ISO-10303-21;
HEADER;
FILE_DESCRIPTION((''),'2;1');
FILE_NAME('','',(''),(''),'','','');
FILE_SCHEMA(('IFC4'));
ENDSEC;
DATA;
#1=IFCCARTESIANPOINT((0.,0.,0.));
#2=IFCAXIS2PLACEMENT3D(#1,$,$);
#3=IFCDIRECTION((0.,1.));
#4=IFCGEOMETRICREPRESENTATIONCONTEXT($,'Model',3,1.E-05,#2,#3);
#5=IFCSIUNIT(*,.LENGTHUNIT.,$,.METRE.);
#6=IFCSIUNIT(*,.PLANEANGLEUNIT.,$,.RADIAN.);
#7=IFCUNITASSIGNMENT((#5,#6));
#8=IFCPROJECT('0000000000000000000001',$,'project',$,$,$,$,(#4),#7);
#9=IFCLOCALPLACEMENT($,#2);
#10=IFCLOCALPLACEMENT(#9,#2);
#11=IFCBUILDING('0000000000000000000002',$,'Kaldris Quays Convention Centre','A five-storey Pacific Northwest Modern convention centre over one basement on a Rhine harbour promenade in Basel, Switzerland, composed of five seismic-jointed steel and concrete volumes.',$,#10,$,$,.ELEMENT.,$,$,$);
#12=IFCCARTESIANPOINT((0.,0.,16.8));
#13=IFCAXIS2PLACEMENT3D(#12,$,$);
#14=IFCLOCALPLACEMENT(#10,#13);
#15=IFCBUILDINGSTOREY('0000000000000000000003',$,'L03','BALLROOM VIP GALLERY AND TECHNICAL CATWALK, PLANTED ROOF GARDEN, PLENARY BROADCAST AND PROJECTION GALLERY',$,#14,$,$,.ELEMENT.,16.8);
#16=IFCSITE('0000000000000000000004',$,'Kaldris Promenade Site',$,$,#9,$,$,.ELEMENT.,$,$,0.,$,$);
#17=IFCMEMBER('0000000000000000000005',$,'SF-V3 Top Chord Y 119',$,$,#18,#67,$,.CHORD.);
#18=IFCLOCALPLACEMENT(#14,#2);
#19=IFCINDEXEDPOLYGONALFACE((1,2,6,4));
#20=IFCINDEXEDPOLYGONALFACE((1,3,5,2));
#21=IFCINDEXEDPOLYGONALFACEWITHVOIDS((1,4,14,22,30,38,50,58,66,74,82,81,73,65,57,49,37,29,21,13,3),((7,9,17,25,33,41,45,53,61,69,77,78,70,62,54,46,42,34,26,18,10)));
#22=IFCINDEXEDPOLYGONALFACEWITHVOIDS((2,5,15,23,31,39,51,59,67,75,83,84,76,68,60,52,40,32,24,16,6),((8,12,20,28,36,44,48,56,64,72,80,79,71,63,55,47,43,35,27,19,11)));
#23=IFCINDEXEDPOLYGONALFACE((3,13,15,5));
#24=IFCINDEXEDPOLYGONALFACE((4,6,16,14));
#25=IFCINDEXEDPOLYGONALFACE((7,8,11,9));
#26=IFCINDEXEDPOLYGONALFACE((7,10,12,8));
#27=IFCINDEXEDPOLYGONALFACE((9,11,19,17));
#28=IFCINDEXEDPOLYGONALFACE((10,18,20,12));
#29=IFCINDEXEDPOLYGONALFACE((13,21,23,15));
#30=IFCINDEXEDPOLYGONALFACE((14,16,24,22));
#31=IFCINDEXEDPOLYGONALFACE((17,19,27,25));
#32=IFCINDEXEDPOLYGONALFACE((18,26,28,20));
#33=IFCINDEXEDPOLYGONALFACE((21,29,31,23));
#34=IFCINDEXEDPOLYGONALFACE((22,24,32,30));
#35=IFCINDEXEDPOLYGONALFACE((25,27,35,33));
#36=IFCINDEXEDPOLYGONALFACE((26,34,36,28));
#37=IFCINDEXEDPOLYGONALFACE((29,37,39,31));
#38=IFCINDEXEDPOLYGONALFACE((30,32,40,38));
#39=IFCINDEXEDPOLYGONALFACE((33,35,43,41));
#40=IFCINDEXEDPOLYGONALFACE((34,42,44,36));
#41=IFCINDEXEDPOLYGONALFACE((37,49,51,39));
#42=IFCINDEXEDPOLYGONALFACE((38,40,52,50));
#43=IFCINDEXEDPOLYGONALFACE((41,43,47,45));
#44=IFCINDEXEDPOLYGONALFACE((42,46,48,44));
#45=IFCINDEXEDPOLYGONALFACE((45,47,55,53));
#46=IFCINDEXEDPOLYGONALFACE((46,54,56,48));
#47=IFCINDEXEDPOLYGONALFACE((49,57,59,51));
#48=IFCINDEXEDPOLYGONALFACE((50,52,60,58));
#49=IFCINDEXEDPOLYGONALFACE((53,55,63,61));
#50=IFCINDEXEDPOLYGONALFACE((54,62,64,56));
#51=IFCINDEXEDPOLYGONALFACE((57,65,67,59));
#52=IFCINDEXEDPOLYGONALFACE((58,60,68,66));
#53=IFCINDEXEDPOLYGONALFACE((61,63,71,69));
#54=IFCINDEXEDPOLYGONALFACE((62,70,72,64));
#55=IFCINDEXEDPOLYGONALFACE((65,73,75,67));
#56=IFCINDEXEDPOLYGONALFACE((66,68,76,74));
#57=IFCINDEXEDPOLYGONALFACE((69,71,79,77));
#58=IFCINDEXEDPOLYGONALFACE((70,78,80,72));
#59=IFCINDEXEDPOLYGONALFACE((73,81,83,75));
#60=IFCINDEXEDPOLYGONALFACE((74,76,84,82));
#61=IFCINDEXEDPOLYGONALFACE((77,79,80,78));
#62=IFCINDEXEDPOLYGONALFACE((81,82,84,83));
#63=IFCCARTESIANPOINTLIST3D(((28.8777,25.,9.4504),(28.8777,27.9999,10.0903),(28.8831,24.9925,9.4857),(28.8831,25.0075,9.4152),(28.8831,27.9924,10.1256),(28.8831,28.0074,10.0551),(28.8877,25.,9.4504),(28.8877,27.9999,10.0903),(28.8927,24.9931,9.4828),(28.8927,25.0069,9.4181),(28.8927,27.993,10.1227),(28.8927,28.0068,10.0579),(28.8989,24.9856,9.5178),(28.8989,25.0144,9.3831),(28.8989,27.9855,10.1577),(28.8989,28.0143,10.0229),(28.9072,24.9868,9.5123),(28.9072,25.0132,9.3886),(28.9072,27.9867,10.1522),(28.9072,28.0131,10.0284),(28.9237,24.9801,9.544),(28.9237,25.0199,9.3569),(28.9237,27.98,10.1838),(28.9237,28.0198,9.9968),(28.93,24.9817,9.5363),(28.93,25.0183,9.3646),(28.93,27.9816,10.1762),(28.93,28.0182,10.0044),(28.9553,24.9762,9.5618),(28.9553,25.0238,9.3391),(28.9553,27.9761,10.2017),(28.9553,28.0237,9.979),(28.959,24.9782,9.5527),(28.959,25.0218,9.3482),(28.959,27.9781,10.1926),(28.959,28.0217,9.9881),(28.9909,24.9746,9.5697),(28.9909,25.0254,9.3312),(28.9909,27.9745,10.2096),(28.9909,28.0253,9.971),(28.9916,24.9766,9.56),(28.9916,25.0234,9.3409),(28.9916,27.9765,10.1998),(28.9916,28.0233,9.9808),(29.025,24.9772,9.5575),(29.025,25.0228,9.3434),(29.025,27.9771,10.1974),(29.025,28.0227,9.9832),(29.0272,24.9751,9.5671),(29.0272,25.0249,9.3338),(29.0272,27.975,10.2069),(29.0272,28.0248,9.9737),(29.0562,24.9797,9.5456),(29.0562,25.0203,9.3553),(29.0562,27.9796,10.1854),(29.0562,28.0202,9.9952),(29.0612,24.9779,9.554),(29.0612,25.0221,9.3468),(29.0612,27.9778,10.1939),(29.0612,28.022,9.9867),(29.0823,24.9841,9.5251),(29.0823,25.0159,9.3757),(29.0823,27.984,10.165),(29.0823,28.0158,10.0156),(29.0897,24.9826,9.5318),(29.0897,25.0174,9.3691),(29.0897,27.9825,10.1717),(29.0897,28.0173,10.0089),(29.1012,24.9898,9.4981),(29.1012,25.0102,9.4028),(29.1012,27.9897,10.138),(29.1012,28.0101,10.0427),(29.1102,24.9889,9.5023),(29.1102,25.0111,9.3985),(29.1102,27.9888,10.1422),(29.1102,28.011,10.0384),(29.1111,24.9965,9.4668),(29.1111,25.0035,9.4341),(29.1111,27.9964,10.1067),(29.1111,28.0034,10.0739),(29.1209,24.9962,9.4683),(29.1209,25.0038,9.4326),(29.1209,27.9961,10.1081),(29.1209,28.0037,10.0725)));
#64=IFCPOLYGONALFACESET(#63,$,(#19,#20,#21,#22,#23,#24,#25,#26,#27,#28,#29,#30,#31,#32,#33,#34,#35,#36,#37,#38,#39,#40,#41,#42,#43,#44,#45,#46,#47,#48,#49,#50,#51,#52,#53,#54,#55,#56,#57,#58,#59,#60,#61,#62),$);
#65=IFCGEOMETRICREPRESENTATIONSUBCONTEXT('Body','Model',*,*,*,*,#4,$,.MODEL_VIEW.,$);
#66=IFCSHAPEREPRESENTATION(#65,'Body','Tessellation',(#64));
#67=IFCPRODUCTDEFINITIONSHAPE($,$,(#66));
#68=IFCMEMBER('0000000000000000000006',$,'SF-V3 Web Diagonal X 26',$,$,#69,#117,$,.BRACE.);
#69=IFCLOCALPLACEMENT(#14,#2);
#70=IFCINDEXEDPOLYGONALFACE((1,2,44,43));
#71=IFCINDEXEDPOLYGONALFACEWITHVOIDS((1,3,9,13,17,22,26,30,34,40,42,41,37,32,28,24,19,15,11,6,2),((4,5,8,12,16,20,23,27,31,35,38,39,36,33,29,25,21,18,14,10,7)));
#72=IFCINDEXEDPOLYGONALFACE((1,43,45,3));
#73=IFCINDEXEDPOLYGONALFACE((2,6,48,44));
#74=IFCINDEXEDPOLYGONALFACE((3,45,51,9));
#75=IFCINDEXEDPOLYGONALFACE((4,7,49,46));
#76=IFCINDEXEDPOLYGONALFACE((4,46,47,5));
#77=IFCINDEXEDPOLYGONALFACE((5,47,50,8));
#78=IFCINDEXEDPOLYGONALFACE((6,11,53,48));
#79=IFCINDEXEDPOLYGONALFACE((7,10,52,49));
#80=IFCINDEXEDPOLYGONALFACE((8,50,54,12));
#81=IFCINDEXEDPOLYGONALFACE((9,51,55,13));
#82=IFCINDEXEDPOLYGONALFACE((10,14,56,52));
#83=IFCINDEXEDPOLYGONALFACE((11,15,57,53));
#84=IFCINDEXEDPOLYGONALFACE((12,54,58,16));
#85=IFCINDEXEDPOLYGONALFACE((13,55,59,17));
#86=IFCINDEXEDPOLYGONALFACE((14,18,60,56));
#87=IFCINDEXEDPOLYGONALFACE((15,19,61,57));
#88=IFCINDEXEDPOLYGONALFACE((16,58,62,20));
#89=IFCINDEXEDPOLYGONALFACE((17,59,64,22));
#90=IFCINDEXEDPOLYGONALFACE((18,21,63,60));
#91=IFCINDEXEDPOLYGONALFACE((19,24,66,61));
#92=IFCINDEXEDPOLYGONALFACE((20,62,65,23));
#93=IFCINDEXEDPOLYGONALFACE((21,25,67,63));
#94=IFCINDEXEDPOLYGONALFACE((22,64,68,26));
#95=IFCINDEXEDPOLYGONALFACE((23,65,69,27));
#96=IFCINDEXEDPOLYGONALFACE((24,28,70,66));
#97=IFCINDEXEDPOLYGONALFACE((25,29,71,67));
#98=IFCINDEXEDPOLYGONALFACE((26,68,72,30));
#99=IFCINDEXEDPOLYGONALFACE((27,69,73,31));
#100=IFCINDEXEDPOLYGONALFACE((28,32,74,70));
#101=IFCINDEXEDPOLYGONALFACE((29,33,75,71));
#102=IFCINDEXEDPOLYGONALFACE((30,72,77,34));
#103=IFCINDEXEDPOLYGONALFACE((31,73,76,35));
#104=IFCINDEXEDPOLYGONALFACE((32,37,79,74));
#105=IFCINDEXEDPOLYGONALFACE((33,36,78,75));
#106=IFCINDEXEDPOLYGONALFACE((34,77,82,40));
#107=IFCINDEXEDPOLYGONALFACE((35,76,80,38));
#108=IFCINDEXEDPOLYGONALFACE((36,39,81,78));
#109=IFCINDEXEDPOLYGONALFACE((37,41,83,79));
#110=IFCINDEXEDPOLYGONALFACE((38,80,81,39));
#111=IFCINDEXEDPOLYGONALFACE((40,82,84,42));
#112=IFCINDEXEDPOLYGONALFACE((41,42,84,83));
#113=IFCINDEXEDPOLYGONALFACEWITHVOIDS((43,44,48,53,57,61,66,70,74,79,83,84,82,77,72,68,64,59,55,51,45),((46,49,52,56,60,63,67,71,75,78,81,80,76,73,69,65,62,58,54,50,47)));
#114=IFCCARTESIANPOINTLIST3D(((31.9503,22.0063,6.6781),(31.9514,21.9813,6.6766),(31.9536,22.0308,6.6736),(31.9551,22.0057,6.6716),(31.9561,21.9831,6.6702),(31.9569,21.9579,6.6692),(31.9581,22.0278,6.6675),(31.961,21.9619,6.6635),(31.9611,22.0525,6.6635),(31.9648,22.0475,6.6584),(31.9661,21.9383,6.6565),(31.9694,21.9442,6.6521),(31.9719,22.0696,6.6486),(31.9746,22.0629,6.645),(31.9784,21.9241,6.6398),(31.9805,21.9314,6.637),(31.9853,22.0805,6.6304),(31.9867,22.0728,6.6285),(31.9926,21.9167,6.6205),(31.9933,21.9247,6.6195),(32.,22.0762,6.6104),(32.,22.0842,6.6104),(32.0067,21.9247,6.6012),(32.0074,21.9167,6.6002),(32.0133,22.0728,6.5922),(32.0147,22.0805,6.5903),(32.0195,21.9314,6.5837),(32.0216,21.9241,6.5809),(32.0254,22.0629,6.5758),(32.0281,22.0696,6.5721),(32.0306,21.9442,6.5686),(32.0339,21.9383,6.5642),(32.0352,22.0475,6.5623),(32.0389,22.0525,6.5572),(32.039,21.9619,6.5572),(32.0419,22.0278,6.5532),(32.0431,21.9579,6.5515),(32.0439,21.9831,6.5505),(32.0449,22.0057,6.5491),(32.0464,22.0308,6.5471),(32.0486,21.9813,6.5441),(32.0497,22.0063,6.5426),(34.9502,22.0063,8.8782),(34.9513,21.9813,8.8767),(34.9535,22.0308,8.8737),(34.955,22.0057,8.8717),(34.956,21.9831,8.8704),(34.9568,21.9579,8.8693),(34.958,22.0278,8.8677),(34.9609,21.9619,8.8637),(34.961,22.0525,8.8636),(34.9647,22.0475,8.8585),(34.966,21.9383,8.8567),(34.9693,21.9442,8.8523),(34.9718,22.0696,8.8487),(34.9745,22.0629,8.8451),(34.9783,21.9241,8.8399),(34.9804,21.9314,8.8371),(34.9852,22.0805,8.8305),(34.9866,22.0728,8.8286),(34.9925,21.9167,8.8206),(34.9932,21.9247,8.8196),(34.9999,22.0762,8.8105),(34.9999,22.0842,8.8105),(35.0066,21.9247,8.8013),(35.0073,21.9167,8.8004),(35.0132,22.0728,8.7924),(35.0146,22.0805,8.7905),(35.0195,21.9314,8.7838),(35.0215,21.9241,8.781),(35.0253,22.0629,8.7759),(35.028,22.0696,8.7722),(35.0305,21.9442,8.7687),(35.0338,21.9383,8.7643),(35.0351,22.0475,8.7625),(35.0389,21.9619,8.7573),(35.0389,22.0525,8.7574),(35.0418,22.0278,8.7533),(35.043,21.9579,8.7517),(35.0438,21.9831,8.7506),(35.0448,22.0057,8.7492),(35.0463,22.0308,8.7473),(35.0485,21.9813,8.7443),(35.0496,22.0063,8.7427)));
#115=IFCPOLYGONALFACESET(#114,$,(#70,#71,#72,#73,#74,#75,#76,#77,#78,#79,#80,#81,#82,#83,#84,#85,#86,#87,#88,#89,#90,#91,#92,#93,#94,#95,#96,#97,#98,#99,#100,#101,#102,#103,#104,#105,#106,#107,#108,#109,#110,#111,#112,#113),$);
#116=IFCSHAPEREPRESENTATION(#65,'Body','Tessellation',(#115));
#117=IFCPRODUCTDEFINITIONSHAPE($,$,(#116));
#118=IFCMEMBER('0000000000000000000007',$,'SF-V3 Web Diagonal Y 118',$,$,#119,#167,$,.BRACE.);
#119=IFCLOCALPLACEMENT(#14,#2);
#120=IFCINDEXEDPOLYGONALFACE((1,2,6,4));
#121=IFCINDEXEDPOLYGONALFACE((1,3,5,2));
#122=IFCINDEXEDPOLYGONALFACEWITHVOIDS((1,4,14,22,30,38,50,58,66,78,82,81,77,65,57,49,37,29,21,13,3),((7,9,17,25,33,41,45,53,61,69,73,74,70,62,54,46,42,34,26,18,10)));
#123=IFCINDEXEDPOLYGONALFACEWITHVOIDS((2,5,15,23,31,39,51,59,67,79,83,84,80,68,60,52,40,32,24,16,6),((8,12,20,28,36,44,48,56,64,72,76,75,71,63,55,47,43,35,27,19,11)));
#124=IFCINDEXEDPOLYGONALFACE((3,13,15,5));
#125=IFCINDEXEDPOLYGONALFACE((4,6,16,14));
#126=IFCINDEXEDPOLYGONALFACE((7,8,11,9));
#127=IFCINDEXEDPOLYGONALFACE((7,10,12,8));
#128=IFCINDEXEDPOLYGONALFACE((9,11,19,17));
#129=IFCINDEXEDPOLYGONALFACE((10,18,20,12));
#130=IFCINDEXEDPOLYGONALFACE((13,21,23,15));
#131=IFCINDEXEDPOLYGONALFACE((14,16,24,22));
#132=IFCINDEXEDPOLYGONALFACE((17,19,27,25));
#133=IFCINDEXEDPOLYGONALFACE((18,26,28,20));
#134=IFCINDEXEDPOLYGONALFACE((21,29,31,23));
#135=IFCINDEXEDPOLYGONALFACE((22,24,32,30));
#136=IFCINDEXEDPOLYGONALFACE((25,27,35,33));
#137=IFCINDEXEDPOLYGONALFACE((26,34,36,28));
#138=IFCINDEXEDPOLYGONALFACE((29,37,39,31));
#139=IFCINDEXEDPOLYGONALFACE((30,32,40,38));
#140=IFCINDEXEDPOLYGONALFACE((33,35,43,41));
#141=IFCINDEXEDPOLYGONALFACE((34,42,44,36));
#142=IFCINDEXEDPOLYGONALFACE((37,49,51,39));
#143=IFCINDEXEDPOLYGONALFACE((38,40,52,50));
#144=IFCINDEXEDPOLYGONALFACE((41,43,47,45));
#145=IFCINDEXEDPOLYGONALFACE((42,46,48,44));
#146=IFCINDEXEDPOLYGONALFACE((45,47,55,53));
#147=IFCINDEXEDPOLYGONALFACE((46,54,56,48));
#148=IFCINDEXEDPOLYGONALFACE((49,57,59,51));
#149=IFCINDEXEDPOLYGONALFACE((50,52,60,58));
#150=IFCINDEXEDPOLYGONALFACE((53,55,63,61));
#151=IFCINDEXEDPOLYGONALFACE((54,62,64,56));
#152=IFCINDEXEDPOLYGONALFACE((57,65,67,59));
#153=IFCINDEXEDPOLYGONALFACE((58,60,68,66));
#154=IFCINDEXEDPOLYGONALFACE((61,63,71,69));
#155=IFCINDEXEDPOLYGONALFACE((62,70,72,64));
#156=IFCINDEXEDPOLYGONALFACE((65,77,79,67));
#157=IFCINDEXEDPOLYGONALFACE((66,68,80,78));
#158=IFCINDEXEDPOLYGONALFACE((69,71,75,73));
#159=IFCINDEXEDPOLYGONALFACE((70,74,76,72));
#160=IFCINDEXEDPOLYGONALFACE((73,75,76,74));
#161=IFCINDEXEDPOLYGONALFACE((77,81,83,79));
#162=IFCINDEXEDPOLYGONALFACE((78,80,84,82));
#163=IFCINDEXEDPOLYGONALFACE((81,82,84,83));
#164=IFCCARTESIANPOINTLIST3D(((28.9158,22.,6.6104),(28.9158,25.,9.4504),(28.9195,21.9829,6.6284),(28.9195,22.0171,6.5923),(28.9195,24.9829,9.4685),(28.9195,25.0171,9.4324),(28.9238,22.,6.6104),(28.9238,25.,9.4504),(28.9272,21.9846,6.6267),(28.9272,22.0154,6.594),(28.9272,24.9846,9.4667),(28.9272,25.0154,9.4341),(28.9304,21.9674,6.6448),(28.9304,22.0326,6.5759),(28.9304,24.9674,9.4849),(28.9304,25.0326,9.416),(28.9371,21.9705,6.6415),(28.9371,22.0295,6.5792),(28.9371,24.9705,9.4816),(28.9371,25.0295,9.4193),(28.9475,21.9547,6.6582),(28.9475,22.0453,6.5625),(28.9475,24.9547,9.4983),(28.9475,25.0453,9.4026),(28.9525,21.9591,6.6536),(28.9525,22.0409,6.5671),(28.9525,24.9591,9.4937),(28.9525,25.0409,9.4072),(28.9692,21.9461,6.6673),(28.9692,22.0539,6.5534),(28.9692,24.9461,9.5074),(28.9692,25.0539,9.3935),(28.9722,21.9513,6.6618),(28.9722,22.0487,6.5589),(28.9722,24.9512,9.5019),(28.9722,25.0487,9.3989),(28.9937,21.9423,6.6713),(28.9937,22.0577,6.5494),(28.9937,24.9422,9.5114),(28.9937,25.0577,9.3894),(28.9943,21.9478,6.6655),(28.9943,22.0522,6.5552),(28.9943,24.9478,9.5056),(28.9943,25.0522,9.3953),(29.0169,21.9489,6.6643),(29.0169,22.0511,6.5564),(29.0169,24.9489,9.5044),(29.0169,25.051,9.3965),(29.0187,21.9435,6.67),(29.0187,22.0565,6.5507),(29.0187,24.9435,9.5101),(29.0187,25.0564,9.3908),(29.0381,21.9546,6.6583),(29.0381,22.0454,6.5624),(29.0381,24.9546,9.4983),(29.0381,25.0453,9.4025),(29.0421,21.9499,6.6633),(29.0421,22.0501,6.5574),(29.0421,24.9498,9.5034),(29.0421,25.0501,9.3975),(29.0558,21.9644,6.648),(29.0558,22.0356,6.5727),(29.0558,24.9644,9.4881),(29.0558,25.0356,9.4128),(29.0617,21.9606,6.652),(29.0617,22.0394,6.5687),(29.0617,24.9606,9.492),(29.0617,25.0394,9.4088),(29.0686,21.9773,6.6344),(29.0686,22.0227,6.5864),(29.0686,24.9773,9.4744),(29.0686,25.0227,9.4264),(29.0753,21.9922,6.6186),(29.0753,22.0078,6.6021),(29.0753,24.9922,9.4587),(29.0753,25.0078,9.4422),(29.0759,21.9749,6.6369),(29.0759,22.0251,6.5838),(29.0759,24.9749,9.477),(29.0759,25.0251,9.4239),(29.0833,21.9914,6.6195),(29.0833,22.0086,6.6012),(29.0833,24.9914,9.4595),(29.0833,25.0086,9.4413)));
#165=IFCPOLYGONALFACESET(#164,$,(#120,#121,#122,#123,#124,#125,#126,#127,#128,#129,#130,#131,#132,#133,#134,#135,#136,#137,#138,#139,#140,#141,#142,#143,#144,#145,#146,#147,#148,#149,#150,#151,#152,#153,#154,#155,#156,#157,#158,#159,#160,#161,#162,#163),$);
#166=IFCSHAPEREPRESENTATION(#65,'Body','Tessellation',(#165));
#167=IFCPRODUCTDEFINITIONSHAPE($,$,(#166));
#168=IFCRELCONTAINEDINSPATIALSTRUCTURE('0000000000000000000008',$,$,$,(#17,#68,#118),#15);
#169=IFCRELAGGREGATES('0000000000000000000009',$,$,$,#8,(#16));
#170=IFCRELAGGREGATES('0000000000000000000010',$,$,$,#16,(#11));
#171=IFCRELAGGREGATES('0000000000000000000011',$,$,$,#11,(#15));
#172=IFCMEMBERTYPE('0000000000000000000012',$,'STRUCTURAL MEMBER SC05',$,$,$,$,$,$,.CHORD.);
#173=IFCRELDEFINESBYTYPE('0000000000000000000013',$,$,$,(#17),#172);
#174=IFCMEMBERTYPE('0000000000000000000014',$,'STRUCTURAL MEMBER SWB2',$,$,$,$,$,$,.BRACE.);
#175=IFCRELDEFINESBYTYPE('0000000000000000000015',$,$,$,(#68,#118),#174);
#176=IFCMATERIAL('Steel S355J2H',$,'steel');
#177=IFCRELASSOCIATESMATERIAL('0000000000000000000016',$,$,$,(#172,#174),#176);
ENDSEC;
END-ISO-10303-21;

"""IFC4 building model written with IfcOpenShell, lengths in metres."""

from ifc_helpers import new_model, si_unit, direction, frame, origin, origin_2d, place, context, subcontext, project, spatial, hollow_circle, extrude, material, material_profile, profile_set, type_object, element, save


model = new_model("IFC4")

# Units and contexts
model_context = context("Model", 3, precision=1e-05, world=origin(), true_north=direction((0.0, 1.0)))
body_context = subcontext(model_context, "Body", "Model", "MODEL_VIEW")
ifc_project = project(units=[si_unit("LENGTHUNIT", "METRE"), si_unit("PLANEANGLEUNIT", "RADIAN")], contexts=[model_context])

# Site, building, storey
site_placement = place(None, origin())
site = spatial("IfcSite", under=ifc_project, at=site_placement, Name="Kaldris Promenade Site", CompositionType="ELEMENT", RefElevation=0.0)
building_placement = place(site_placement, origin())
building = spatial("IfcBuilding", under=site, at=building_placement, Name="Kaldris Quays Convention Centre", Description="A five-storey Pacific Northwest Modern convention centre over one basement on a Rhine harbour promenade in Basel, Switzerland, composed of five seismic-jointed steel and concrete volumes.", CompositionType="ELEMENT")
storey_placement = place(building_placement, frame((0.0, 0.0, 16.8)))
storey = spatial("IfcBuildingStorey", under=building, at=storey_placement, Name="L03", Description="BALLROOM VIP GALLERY AND TECHNICAL CATWALK, PLANTED ROOF GARDEN, PLENARY BROADCAST AND PROJECTION GALLERY", CompositionType="ELEMENT", Elevation=16.8)

# Members
ifc_material_1 = material(Name="Steel S355J2H", Category="steel")
ifc_material_profile_1 = material_profile(ifc_material_1, hollow_circle(Radius=0.1223, WallThickness=0.01, at=origin_2d()), Name="CHS 244.5x10")
ifc_profile_set_1 = profile_set([ifc_material_profile_1], Name="Steel S355J2H")
member_type_1 = type_object("IfcMemberType", Name="STRUCTURAL MEMBER SC05", PredefinedType="CHORD", material=ifc_profile_set_1)
member_1_placement = place(storey_placement, frame((29.0, 25.0, 9.4504), z_axis=(0.0, 0.978, 0.208605), x_axis=(-1.0, 0.0, 0.0)))
element("IfcMember", 1, at=member_1_placement, inside=storey, type_object=member_type_1, Name="SF-V3 Top Chord Y 119", PredefinedType="CHORD", context=body_context, shape_type="SweptSolid", body=[
    extrude(hollow_circle(Radius=0.1223, WallThickness=0.01, at=origin_2d()), origin(), (0.0, 0.0, 1.0), 3.0674),
])
ifc_material_profile_2 = material_profile(ifc_material_1, hollow_circle(Radius=0.0842, WallThickness=0.0081, at=origin_2d()), Name="CHS 168.3x8")
ifc_profile_set_2 = profile_set([ifc_material_profile_2], Name="Steel S355J2H")
member_type_2 = type_object("IfcMemberType", Name="STRUCTURAL MEMBER SWB2", PredefinedType="BRACE", material=ifc_profile_set_2)
member_2_placement = place(storey_placement, frame((32.0, 22.0, 6.6104), z_axis=(0.80638, 0.0, 0.591398), x_axis=(0.0, 1.0, 0.0)))
element("IfcMember", 2, at=member_2_placement, inside=storey, type_object=member_type_2, Name="SF-V3 Web Diagonal X 26", PredefinedType="BRACE", context=body_context, shape_type="SweptSolid", body=[
    extrude(hollow_circle(Radius=0.0842, WallThickness=0.0081, at=origin_2d()), origin(), (0.0, 0.0, 1.0), 3.7202),
])
member_3_placement = place(storey_placement, frame((29.0, 22.0, 6.6104), z_axis=(0.0, 0.726196, 0.687487), x_axis=(-1.0, 0.0, 0.0)))
element("IfcMember", 3, at=member_3_placement, inside=storey, type_object=member_type_2, Name="SF-V3 Web Diagonal Y 118", PredefinedType="BRACE", context=body_context, shape_type="SweptSolid", body=[
    extrude(hollow_circle(Radius=0.0842, WallThickness=0.0081, at=origin_2d()), origin(), (0.0, 0.0, 1.0), 4.1311),
])

save(model, "model.ifc")
